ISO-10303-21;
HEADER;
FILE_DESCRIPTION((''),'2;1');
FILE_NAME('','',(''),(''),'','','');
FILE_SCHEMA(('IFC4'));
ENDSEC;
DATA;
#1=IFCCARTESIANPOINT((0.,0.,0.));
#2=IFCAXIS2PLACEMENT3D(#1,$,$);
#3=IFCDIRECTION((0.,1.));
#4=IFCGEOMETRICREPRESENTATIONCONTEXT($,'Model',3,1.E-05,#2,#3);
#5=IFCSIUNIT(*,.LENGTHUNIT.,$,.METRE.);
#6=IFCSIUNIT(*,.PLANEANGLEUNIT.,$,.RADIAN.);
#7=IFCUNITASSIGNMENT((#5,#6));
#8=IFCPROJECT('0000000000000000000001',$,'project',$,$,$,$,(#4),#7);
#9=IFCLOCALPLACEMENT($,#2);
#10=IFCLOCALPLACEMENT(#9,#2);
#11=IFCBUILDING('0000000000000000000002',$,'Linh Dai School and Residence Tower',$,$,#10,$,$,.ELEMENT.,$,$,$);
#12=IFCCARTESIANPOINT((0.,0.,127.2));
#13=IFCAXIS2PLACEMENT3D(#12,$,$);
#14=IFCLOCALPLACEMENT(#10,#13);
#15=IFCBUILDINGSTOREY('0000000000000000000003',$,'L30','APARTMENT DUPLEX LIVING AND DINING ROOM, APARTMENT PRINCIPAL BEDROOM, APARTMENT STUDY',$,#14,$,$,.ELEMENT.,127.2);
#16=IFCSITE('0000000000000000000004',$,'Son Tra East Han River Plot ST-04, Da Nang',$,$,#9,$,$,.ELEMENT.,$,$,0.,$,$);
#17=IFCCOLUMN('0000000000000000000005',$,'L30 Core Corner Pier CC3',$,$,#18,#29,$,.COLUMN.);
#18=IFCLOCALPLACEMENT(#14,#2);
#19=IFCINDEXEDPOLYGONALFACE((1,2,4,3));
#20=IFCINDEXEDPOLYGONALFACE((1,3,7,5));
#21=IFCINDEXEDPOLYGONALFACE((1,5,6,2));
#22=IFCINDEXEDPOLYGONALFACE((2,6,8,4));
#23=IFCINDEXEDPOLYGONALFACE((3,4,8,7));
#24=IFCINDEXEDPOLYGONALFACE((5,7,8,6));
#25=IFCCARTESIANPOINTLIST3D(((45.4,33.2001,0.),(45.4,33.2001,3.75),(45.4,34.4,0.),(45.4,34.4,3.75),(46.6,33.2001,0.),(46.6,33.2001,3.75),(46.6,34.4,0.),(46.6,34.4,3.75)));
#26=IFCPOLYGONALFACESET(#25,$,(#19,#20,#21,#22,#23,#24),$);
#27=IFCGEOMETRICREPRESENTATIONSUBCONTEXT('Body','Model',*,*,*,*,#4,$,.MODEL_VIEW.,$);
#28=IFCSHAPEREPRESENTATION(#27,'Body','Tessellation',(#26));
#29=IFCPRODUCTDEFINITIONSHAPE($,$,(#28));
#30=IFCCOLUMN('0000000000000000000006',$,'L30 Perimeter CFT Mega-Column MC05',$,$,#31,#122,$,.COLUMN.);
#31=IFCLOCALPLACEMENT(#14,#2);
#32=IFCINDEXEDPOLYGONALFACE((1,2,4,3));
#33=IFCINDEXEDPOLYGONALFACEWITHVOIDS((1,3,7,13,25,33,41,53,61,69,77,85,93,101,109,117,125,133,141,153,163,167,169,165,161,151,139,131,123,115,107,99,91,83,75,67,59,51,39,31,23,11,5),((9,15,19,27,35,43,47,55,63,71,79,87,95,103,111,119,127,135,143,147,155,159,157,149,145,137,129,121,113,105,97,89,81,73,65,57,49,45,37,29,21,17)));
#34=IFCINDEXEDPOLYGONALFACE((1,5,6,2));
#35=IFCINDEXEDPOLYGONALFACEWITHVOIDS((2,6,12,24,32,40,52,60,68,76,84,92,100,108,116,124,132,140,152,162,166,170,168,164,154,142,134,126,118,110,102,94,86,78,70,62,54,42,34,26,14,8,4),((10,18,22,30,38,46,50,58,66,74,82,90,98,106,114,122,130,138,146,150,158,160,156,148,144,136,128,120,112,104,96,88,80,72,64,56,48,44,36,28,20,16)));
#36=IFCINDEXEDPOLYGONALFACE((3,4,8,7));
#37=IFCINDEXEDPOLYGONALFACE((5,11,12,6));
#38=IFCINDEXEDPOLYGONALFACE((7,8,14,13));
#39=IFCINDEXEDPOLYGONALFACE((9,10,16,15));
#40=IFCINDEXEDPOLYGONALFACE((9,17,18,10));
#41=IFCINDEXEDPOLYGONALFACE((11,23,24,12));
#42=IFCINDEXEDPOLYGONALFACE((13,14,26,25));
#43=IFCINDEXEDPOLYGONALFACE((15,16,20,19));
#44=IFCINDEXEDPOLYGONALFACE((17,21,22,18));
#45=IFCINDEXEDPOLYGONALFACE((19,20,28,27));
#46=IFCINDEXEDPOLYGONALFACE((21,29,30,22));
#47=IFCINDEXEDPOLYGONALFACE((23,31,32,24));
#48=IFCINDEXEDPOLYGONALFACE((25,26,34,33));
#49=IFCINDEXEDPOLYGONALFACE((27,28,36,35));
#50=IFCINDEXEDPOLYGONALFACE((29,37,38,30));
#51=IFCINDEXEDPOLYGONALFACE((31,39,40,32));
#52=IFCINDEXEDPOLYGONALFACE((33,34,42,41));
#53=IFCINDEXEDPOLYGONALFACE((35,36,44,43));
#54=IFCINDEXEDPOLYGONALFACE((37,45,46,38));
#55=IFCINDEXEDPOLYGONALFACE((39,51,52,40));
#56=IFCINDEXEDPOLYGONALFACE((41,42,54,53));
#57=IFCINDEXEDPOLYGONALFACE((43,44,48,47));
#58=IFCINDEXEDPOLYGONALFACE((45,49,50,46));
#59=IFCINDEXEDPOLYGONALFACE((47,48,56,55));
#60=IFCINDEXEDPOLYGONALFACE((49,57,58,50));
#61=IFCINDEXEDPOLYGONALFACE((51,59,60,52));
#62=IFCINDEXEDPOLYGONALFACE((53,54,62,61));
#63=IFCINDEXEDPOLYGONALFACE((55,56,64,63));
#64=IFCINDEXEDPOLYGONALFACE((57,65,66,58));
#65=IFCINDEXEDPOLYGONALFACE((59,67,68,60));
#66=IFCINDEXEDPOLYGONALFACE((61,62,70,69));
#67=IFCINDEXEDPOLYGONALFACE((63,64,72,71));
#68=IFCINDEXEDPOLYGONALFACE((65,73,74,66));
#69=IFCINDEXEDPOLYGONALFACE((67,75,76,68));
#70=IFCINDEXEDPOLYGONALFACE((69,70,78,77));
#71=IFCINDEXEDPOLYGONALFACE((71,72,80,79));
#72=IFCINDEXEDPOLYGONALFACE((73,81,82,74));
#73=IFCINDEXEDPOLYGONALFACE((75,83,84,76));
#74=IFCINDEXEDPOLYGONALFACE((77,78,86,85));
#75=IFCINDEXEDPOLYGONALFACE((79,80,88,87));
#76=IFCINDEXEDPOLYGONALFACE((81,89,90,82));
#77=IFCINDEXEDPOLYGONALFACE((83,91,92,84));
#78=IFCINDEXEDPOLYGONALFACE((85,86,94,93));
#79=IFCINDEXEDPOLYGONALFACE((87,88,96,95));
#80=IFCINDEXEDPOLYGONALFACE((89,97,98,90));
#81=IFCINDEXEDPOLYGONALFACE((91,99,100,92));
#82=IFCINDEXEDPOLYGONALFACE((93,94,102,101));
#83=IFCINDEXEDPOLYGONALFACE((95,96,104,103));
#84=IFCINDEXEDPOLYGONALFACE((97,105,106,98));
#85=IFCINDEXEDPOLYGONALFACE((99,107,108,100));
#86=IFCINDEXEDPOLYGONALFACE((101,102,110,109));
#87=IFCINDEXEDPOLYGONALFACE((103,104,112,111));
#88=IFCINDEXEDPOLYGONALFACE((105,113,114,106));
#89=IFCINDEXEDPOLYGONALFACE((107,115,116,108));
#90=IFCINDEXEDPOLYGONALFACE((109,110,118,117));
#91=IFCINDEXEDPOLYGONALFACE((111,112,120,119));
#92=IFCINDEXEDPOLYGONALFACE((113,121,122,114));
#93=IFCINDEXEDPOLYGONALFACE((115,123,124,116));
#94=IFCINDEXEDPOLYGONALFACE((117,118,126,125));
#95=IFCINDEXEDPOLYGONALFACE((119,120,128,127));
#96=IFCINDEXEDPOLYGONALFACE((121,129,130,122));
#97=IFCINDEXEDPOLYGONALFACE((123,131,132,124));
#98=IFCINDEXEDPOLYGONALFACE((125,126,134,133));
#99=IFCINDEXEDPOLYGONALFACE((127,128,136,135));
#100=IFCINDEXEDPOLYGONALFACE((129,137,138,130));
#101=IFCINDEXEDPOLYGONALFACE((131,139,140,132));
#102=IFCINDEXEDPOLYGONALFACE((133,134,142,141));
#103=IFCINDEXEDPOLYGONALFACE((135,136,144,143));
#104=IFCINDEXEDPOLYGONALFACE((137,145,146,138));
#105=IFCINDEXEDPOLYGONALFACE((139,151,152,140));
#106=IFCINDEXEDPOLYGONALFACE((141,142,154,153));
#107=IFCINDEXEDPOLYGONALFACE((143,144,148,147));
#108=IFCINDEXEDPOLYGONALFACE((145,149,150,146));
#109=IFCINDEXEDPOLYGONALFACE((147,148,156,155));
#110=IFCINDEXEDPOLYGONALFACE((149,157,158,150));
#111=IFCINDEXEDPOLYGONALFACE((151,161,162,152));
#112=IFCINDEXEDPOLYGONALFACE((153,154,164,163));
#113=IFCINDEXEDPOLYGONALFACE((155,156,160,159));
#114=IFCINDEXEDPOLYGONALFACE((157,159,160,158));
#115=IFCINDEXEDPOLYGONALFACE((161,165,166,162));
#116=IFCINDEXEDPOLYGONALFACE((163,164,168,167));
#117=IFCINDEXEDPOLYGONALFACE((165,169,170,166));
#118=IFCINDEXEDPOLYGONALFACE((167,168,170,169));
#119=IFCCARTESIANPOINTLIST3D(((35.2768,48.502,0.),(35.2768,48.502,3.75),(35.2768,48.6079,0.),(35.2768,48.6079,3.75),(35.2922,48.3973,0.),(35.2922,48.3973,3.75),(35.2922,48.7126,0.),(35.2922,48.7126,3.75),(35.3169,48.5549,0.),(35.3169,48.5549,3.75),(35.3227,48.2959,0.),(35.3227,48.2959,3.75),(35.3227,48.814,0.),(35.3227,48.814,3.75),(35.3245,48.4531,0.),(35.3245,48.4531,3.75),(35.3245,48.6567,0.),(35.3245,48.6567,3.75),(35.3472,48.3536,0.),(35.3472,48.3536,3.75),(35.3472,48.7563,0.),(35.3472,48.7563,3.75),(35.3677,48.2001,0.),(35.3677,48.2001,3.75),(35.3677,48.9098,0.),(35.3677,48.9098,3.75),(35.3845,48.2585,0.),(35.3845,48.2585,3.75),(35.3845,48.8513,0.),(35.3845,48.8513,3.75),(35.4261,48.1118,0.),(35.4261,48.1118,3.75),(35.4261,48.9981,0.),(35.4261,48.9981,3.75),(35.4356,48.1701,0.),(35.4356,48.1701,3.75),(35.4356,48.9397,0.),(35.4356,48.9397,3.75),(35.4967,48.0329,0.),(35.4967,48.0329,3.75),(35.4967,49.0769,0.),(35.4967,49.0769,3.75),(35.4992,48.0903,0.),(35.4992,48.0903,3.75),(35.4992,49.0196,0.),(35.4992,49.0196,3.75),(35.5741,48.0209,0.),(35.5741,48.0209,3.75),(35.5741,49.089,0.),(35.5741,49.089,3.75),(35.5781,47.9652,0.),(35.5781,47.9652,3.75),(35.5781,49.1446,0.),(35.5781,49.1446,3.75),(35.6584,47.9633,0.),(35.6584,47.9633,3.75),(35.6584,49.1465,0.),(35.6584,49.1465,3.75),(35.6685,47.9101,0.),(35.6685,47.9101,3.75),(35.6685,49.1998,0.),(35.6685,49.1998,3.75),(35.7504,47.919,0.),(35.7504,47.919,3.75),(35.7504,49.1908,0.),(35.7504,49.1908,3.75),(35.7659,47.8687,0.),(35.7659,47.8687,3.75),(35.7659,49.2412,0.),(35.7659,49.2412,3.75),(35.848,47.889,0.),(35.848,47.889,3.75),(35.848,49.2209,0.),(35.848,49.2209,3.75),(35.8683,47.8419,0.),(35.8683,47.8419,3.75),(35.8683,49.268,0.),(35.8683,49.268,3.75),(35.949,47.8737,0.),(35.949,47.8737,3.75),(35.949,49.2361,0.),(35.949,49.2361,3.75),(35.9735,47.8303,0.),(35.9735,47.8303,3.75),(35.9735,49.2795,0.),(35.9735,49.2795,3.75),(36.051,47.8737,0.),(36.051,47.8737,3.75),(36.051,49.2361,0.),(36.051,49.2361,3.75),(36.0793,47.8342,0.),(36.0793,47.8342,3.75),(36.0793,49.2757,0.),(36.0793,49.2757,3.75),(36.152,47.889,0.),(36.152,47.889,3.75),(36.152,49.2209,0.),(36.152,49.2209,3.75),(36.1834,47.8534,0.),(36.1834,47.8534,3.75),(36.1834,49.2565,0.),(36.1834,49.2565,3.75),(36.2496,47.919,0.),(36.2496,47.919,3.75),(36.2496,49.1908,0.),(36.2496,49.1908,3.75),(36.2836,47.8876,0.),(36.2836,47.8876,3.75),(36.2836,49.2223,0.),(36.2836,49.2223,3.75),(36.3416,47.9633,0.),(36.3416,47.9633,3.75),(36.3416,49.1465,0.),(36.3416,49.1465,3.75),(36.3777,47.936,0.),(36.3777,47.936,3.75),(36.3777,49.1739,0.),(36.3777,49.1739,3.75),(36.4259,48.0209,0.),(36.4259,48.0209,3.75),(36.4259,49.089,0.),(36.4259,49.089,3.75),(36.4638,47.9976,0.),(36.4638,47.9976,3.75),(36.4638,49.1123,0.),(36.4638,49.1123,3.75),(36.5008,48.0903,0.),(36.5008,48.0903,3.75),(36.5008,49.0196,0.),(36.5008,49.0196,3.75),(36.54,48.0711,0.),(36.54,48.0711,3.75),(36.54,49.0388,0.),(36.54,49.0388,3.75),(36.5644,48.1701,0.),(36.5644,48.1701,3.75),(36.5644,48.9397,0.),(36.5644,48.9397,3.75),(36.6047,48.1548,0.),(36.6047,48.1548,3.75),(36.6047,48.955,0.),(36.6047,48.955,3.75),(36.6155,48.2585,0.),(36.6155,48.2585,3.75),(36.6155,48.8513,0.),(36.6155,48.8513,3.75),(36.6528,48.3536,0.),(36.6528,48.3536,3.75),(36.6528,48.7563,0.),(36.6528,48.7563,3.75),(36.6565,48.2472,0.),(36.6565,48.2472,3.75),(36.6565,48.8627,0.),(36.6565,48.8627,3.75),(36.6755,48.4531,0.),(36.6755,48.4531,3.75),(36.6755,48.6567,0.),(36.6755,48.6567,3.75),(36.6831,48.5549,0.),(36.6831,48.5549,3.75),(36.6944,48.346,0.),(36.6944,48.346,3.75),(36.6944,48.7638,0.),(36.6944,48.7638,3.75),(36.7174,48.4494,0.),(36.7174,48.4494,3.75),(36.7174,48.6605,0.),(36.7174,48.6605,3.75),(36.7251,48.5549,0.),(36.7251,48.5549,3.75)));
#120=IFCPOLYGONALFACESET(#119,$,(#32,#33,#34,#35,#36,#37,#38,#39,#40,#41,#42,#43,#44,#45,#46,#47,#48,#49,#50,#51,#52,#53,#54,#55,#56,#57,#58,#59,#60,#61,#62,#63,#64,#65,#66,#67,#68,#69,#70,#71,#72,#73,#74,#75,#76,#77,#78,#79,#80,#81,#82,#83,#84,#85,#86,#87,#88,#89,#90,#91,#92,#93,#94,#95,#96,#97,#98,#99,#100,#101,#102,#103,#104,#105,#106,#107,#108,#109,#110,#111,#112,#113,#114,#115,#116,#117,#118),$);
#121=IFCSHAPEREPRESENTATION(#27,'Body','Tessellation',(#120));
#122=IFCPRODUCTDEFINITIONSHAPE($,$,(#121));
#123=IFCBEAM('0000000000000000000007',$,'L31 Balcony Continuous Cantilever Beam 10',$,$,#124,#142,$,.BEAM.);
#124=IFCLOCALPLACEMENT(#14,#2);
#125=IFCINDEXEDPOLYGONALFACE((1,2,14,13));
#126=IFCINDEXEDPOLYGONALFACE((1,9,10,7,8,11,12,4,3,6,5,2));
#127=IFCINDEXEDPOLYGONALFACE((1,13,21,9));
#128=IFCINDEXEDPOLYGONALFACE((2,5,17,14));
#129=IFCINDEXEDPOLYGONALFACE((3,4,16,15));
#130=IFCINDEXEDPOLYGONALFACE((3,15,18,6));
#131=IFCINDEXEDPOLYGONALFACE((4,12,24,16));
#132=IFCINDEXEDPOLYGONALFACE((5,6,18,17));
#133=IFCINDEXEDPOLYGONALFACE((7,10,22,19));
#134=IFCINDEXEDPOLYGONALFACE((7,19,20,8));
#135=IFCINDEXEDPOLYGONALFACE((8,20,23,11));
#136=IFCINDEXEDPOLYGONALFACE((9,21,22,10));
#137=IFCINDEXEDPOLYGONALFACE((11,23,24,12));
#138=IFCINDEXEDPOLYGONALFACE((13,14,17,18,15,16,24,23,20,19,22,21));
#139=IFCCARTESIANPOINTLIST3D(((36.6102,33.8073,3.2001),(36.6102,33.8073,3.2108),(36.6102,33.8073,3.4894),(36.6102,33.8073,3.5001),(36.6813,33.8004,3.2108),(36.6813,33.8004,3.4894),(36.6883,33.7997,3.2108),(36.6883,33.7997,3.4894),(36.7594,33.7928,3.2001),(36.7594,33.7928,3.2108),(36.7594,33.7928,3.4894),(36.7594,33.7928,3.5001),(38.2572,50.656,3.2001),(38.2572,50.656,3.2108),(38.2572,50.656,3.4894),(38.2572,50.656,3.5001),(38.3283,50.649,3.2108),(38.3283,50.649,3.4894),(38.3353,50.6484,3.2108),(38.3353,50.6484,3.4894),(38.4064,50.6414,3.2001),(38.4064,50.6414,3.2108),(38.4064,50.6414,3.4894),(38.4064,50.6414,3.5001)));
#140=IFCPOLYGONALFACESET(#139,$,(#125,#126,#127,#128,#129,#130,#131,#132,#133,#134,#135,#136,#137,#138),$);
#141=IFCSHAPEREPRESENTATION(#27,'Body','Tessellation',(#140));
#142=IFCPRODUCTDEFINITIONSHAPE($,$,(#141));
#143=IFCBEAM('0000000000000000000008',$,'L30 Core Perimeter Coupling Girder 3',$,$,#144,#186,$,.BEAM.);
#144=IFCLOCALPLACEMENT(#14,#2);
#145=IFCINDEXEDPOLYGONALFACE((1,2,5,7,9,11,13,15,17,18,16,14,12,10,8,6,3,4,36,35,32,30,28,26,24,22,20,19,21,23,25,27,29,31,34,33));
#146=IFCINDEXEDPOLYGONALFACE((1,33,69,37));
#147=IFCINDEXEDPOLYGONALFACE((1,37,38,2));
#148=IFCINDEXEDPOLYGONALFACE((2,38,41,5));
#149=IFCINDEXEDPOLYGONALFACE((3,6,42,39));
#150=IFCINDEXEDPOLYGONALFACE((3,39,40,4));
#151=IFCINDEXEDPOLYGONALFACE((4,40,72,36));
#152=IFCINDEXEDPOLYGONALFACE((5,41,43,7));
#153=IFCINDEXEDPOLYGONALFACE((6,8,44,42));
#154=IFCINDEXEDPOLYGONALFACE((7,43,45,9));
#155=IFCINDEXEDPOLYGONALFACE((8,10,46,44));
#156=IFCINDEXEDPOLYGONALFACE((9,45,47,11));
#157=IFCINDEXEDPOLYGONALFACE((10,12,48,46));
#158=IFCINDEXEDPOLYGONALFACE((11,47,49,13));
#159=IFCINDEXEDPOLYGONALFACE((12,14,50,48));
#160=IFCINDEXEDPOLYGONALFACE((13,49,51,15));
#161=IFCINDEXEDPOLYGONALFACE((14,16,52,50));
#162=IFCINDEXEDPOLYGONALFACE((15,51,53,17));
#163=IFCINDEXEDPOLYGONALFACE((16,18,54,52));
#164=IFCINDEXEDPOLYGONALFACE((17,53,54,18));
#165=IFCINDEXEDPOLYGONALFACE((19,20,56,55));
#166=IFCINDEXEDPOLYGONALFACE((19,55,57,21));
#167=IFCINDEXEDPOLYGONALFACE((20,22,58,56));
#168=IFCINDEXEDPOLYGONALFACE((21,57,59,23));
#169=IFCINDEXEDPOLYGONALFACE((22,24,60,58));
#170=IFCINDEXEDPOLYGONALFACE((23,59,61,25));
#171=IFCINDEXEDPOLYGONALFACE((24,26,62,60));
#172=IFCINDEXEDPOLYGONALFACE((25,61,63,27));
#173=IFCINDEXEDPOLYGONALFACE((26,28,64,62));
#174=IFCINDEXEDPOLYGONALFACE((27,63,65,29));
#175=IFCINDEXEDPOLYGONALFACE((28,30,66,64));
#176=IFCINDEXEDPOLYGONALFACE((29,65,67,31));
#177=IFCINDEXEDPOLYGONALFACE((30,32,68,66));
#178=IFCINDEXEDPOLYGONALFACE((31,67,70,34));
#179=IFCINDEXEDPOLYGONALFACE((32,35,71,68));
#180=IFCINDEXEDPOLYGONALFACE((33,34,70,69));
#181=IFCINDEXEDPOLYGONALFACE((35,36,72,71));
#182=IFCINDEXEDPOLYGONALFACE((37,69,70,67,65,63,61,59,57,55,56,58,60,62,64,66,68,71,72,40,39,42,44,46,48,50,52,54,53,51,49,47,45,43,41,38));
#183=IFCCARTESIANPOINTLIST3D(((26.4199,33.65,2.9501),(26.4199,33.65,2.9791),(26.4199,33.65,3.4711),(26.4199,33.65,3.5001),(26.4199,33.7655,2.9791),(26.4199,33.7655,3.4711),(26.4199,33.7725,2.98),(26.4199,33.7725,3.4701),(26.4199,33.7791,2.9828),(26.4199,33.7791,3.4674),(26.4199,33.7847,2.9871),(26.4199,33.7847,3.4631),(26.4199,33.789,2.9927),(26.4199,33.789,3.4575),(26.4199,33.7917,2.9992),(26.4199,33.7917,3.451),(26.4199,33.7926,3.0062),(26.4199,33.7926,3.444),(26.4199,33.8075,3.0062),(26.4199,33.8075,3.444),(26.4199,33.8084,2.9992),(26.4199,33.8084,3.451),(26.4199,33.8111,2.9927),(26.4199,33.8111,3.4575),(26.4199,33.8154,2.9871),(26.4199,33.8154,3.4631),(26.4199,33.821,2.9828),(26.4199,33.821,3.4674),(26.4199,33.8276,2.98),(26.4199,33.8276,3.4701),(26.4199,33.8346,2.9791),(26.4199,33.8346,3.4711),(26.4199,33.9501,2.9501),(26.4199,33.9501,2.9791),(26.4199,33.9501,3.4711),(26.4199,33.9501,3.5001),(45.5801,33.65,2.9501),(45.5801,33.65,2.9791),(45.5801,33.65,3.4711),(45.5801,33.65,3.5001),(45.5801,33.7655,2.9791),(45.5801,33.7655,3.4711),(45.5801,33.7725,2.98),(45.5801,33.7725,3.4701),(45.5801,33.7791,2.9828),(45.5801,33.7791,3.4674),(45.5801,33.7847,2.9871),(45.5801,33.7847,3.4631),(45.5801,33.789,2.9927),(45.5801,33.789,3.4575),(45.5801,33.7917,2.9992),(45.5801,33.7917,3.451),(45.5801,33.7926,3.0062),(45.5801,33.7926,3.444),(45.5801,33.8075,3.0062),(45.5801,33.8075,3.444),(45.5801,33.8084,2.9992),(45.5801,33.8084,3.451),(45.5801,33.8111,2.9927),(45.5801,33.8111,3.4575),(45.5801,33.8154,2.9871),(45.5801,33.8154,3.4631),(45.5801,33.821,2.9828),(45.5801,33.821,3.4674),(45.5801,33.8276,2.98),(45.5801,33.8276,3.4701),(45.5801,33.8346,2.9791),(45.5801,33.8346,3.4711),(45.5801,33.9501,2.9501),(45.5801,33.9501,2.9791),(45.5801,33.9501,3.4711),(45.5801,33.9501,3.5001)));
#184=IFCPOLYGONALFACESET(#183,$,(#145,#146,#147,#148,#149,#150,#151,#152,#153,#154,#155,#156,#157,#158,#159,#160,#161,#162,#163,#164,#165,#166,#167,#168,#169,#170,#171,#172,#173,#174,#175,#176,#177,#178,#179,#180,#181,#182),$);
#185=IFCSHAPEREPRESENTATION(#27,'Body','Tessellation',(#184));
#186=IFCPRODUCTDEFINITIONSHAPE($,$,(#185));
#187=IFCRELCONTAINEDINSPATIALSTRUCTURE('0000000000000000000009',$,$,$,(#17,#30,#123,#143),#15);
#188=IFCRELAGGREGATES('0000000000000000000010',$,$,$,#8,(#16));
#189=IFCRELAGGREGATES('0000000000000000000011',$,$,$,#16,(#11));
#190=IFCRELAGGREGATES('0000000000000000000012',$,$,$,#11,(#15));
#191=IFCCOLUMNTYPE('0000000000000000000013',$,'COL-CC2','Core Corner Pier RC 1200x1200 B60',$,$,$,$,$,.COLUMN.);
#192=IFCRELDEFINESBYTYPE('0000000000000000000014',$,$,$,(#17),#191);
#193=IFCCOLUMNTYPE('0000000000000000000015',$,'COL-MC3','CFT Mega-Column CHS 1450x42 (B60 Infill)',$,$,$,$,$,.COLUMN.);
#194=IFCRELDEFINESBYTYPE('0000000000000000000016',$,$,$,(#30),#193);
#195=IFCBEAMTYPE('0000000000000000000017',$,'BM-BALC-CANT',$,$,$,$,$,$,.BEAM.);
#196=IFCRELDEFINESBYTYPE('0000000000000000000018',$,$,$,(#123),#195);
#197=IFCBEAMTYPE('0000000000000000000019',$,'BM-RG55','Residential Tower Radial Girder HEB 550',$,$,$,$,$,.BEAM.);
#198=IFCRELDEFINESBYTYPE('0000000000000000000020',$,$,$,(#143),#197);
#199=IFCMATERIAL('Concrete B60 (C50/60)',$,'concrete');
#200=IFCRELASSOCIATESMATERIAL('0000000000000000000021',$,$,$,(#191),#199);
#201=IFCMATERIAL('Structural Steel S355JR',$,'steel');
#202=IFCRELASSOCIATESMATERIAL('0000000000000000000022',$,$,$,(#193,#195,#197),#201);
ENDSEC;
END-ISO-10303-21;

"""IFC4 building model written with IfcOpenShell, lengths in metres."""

from ifc_helpers import new_model, si_unit, direction, frame, origin, origin_2d, place, context, subcontext, project, spatial, rectangle, hollow_circle, i_section, extrude, material, material_profile, profile_set, type_object, element, save


model = new_model("IFC4")

# Units and contexts
model_context = context("Model", 3, precision=1e-05, world=origin(), true_north=direction((0.0, 1.0)))
body_context = subcontext(model_context, "Body", "Model", "MODEL_VIEW")
ifc_project = project(units=[si_unit("LENGTHUNIT", "METRE"), si_unit("PLANEANGLEUNIT", "RADIAN")], contexts=[model_context])

# Site, building, storey
site_placement = place(None, origin())
site = spatial("IfcSite", under=ifc_project, at=site_placement, Name="Son Tra East Han River Plot ST-04, Da Nang", CompositionType="ELEMENT", RefElevation=0.0)
building_placement = place(site_placement, origin())
building = spatial("IfcBuilding", under=site, at=building_placement, Name="Linh Dai School and Residence Tower", CompositionType="ELEMENT")
storey_placement = place(building_placement, frame((0.0, 0.0, 127.2)))
storey = spatial("IfcBuildingStorey", under=building, at=storey_placement, Name="L30", Description="APARTMENT DUPLEX LIVING AND DINING ROOM, APARTMENT PRINCIPAL BEDROOM, APARTMENT STUDY", CompositionType="ELEMENT", Elevation=127.2)

# Columns
ifc_material_1 = material(Name="Concrete B60 (C50/60)", Category="concrete")
ifc_material_profile_1 = material_profile(ifc_material_1, rectangle(XDim=1.2, YDim=1.2, at=origin_2d()), Name="RC 1200x1200")
ifc_profile_set_1 = profile_set([ifc_material_profile_1], Name="Concrete B60 (C50/60)")
column_type_1 = type_object("IfcColumnType", Name="COL-CC2", Description="Core Corner Pier RC 1200x1200 B60", PredefinedType="COLUMN", material=ifc_profile_set_1)
column_1_placement = place(storey_placement, frame((46.0, 33.8, 0.0), z_axis=(0.0, 0.0, 1.0), x_axis=(1.0, 0.0, 0.0)))
element("IfcColumn", 1, at=column_1_placement, inside=storey, type_object=column_type_1, Name="L30 Core Corner Pier CC3", PredefinedType="COLUMN", context=body_context, shape_type="SweptSolid", body=[
    extrude(rectangle(XDim=1.2, YDim=1.2, at=origin_2d()), origin(), (0.0, 0.0, 1.0), 3.75),
])
ifc_material_2 = material(Name="Structural Steel S355JR", Category="steel")
ifc_material_profile_2 = material_profile(ifc_material_2, hollow_circle(Radius=0.7251, WallThickness=0.042, at=origin_2d()), Name="CHS 1450x42")
ifc_profile_set_2 = profile_set([ifc_material_profile_2], Name="Structural Steel S355JR")
column_type_2 = type_object("IfcColumnType", Name="COL-MC3", Description="CFT Mega-Column CHS 1450x42 (B60 Infill)", PredefinedType="COLUMN", material=ifc_profile_set_2)
column_2_placement = place(storey_placement, frame((36.0, 48.5549, 0.0), z_axis=(0.0, 0.0, 1.0), x_axis=(1.0, 0.0, 0.0)))
element("IfcColumn", 2, at=column_2_placement, inside=storey, type_object=column_type_2, Name="L30 Perimeter CFT Mega-Column MC05", PredefinedType="COLUMN", context=body_context, shape_type="SweptSolid", body=[
    extrude(hollow_circle(Radius=0.7251, WallThickness=0.042, at=origin_2d()), origin(), (0.0, 0.0, 1.0), 3.75),
])

# Beams
ifc_material_profile_3 = material_profile(ifc_material_2, i_section(OverallWidth=0.1499, OverallDepth=0.3, WebThickness=0.0071, FlangeThickness=0.0107, at=origin_2d()), Name="IPE 300")
ifc_profile_set_3 = profile_set([ifc_material_profile_3], Name="Structural Steel S355JR")
beam_type_1 = type_object("IfcBeamType", Name="BM-BALC-CANT", PredefinedType="BEAM", material=ifc_profile_set_3)
beam_1_placement = place(storey_placement, frame((36.6848, 33.8, 3.3501), z_axis=(0.097287, 0.995256, 0.0), x_axis=(-0.995256, 0.097287, 0.0)))
element("IfcBeam", 3, at=beam_1_placement, inside=storey, type_object=beam_type_1, Name="L31 Balcony Continuous Cantilever Beam 10", PredefinedType="BEAM", context=body_context, shape_type="SweptSolid", body=[
    extrude(i_section(OverallWidth=0.1499, OverallDepth=0.3, WebThickness=0.0071, FlangeThickness=0.0107, at=origin_2d()), origin(), (0.0, 0.0, 1.0), 16.929),
])
ifc_material_profile_4 = material_profile(ifc_material_2, i_section(OverallWidth=0.3, OverallDepth=0.55, WebThickness=0.0149, FlangeThickness=0.0291, FilletRadius=0.0271, at=origin_2d()), Name="HEB 550")
ifc_profile_set_4 = profile_set([ifc_material_profile_4], Name="Structural Steel S355JR")
beam_type_2 = type_object("IfcBeamType", Name="BM-RG55", Description="Residential Tower Radial Girder HEB 550", PredefinedType="BEAM", material=ifc_profile_set_4)
beam_2_placement = place(storey_placement, frame((45.5801, 33.8, 3.2251), z_axis=(-1.0, 0.0, 0.0), x_axis=(0.0, -1.0, 0.0)))
element("IfcBeam", 4, at=beam_2_placement, inside=storey, type_object=beam_type_2, Name="L30 Core Perimeter Coupling Girder 3", PredefinedType="BEAM", context=body_context, shape_type="SweptSolid", body=[
    extrude(i_section(OverallWidth=0.3, OverallDepth=0.55, WebThickness=0.0149, FlangeThickness=0.0291, FilletRadius=0.0271, at=origin_2d()), origin(), (0.0, 0.0, 1.0), 19.1602),
])

save(model, "model.ifc")
